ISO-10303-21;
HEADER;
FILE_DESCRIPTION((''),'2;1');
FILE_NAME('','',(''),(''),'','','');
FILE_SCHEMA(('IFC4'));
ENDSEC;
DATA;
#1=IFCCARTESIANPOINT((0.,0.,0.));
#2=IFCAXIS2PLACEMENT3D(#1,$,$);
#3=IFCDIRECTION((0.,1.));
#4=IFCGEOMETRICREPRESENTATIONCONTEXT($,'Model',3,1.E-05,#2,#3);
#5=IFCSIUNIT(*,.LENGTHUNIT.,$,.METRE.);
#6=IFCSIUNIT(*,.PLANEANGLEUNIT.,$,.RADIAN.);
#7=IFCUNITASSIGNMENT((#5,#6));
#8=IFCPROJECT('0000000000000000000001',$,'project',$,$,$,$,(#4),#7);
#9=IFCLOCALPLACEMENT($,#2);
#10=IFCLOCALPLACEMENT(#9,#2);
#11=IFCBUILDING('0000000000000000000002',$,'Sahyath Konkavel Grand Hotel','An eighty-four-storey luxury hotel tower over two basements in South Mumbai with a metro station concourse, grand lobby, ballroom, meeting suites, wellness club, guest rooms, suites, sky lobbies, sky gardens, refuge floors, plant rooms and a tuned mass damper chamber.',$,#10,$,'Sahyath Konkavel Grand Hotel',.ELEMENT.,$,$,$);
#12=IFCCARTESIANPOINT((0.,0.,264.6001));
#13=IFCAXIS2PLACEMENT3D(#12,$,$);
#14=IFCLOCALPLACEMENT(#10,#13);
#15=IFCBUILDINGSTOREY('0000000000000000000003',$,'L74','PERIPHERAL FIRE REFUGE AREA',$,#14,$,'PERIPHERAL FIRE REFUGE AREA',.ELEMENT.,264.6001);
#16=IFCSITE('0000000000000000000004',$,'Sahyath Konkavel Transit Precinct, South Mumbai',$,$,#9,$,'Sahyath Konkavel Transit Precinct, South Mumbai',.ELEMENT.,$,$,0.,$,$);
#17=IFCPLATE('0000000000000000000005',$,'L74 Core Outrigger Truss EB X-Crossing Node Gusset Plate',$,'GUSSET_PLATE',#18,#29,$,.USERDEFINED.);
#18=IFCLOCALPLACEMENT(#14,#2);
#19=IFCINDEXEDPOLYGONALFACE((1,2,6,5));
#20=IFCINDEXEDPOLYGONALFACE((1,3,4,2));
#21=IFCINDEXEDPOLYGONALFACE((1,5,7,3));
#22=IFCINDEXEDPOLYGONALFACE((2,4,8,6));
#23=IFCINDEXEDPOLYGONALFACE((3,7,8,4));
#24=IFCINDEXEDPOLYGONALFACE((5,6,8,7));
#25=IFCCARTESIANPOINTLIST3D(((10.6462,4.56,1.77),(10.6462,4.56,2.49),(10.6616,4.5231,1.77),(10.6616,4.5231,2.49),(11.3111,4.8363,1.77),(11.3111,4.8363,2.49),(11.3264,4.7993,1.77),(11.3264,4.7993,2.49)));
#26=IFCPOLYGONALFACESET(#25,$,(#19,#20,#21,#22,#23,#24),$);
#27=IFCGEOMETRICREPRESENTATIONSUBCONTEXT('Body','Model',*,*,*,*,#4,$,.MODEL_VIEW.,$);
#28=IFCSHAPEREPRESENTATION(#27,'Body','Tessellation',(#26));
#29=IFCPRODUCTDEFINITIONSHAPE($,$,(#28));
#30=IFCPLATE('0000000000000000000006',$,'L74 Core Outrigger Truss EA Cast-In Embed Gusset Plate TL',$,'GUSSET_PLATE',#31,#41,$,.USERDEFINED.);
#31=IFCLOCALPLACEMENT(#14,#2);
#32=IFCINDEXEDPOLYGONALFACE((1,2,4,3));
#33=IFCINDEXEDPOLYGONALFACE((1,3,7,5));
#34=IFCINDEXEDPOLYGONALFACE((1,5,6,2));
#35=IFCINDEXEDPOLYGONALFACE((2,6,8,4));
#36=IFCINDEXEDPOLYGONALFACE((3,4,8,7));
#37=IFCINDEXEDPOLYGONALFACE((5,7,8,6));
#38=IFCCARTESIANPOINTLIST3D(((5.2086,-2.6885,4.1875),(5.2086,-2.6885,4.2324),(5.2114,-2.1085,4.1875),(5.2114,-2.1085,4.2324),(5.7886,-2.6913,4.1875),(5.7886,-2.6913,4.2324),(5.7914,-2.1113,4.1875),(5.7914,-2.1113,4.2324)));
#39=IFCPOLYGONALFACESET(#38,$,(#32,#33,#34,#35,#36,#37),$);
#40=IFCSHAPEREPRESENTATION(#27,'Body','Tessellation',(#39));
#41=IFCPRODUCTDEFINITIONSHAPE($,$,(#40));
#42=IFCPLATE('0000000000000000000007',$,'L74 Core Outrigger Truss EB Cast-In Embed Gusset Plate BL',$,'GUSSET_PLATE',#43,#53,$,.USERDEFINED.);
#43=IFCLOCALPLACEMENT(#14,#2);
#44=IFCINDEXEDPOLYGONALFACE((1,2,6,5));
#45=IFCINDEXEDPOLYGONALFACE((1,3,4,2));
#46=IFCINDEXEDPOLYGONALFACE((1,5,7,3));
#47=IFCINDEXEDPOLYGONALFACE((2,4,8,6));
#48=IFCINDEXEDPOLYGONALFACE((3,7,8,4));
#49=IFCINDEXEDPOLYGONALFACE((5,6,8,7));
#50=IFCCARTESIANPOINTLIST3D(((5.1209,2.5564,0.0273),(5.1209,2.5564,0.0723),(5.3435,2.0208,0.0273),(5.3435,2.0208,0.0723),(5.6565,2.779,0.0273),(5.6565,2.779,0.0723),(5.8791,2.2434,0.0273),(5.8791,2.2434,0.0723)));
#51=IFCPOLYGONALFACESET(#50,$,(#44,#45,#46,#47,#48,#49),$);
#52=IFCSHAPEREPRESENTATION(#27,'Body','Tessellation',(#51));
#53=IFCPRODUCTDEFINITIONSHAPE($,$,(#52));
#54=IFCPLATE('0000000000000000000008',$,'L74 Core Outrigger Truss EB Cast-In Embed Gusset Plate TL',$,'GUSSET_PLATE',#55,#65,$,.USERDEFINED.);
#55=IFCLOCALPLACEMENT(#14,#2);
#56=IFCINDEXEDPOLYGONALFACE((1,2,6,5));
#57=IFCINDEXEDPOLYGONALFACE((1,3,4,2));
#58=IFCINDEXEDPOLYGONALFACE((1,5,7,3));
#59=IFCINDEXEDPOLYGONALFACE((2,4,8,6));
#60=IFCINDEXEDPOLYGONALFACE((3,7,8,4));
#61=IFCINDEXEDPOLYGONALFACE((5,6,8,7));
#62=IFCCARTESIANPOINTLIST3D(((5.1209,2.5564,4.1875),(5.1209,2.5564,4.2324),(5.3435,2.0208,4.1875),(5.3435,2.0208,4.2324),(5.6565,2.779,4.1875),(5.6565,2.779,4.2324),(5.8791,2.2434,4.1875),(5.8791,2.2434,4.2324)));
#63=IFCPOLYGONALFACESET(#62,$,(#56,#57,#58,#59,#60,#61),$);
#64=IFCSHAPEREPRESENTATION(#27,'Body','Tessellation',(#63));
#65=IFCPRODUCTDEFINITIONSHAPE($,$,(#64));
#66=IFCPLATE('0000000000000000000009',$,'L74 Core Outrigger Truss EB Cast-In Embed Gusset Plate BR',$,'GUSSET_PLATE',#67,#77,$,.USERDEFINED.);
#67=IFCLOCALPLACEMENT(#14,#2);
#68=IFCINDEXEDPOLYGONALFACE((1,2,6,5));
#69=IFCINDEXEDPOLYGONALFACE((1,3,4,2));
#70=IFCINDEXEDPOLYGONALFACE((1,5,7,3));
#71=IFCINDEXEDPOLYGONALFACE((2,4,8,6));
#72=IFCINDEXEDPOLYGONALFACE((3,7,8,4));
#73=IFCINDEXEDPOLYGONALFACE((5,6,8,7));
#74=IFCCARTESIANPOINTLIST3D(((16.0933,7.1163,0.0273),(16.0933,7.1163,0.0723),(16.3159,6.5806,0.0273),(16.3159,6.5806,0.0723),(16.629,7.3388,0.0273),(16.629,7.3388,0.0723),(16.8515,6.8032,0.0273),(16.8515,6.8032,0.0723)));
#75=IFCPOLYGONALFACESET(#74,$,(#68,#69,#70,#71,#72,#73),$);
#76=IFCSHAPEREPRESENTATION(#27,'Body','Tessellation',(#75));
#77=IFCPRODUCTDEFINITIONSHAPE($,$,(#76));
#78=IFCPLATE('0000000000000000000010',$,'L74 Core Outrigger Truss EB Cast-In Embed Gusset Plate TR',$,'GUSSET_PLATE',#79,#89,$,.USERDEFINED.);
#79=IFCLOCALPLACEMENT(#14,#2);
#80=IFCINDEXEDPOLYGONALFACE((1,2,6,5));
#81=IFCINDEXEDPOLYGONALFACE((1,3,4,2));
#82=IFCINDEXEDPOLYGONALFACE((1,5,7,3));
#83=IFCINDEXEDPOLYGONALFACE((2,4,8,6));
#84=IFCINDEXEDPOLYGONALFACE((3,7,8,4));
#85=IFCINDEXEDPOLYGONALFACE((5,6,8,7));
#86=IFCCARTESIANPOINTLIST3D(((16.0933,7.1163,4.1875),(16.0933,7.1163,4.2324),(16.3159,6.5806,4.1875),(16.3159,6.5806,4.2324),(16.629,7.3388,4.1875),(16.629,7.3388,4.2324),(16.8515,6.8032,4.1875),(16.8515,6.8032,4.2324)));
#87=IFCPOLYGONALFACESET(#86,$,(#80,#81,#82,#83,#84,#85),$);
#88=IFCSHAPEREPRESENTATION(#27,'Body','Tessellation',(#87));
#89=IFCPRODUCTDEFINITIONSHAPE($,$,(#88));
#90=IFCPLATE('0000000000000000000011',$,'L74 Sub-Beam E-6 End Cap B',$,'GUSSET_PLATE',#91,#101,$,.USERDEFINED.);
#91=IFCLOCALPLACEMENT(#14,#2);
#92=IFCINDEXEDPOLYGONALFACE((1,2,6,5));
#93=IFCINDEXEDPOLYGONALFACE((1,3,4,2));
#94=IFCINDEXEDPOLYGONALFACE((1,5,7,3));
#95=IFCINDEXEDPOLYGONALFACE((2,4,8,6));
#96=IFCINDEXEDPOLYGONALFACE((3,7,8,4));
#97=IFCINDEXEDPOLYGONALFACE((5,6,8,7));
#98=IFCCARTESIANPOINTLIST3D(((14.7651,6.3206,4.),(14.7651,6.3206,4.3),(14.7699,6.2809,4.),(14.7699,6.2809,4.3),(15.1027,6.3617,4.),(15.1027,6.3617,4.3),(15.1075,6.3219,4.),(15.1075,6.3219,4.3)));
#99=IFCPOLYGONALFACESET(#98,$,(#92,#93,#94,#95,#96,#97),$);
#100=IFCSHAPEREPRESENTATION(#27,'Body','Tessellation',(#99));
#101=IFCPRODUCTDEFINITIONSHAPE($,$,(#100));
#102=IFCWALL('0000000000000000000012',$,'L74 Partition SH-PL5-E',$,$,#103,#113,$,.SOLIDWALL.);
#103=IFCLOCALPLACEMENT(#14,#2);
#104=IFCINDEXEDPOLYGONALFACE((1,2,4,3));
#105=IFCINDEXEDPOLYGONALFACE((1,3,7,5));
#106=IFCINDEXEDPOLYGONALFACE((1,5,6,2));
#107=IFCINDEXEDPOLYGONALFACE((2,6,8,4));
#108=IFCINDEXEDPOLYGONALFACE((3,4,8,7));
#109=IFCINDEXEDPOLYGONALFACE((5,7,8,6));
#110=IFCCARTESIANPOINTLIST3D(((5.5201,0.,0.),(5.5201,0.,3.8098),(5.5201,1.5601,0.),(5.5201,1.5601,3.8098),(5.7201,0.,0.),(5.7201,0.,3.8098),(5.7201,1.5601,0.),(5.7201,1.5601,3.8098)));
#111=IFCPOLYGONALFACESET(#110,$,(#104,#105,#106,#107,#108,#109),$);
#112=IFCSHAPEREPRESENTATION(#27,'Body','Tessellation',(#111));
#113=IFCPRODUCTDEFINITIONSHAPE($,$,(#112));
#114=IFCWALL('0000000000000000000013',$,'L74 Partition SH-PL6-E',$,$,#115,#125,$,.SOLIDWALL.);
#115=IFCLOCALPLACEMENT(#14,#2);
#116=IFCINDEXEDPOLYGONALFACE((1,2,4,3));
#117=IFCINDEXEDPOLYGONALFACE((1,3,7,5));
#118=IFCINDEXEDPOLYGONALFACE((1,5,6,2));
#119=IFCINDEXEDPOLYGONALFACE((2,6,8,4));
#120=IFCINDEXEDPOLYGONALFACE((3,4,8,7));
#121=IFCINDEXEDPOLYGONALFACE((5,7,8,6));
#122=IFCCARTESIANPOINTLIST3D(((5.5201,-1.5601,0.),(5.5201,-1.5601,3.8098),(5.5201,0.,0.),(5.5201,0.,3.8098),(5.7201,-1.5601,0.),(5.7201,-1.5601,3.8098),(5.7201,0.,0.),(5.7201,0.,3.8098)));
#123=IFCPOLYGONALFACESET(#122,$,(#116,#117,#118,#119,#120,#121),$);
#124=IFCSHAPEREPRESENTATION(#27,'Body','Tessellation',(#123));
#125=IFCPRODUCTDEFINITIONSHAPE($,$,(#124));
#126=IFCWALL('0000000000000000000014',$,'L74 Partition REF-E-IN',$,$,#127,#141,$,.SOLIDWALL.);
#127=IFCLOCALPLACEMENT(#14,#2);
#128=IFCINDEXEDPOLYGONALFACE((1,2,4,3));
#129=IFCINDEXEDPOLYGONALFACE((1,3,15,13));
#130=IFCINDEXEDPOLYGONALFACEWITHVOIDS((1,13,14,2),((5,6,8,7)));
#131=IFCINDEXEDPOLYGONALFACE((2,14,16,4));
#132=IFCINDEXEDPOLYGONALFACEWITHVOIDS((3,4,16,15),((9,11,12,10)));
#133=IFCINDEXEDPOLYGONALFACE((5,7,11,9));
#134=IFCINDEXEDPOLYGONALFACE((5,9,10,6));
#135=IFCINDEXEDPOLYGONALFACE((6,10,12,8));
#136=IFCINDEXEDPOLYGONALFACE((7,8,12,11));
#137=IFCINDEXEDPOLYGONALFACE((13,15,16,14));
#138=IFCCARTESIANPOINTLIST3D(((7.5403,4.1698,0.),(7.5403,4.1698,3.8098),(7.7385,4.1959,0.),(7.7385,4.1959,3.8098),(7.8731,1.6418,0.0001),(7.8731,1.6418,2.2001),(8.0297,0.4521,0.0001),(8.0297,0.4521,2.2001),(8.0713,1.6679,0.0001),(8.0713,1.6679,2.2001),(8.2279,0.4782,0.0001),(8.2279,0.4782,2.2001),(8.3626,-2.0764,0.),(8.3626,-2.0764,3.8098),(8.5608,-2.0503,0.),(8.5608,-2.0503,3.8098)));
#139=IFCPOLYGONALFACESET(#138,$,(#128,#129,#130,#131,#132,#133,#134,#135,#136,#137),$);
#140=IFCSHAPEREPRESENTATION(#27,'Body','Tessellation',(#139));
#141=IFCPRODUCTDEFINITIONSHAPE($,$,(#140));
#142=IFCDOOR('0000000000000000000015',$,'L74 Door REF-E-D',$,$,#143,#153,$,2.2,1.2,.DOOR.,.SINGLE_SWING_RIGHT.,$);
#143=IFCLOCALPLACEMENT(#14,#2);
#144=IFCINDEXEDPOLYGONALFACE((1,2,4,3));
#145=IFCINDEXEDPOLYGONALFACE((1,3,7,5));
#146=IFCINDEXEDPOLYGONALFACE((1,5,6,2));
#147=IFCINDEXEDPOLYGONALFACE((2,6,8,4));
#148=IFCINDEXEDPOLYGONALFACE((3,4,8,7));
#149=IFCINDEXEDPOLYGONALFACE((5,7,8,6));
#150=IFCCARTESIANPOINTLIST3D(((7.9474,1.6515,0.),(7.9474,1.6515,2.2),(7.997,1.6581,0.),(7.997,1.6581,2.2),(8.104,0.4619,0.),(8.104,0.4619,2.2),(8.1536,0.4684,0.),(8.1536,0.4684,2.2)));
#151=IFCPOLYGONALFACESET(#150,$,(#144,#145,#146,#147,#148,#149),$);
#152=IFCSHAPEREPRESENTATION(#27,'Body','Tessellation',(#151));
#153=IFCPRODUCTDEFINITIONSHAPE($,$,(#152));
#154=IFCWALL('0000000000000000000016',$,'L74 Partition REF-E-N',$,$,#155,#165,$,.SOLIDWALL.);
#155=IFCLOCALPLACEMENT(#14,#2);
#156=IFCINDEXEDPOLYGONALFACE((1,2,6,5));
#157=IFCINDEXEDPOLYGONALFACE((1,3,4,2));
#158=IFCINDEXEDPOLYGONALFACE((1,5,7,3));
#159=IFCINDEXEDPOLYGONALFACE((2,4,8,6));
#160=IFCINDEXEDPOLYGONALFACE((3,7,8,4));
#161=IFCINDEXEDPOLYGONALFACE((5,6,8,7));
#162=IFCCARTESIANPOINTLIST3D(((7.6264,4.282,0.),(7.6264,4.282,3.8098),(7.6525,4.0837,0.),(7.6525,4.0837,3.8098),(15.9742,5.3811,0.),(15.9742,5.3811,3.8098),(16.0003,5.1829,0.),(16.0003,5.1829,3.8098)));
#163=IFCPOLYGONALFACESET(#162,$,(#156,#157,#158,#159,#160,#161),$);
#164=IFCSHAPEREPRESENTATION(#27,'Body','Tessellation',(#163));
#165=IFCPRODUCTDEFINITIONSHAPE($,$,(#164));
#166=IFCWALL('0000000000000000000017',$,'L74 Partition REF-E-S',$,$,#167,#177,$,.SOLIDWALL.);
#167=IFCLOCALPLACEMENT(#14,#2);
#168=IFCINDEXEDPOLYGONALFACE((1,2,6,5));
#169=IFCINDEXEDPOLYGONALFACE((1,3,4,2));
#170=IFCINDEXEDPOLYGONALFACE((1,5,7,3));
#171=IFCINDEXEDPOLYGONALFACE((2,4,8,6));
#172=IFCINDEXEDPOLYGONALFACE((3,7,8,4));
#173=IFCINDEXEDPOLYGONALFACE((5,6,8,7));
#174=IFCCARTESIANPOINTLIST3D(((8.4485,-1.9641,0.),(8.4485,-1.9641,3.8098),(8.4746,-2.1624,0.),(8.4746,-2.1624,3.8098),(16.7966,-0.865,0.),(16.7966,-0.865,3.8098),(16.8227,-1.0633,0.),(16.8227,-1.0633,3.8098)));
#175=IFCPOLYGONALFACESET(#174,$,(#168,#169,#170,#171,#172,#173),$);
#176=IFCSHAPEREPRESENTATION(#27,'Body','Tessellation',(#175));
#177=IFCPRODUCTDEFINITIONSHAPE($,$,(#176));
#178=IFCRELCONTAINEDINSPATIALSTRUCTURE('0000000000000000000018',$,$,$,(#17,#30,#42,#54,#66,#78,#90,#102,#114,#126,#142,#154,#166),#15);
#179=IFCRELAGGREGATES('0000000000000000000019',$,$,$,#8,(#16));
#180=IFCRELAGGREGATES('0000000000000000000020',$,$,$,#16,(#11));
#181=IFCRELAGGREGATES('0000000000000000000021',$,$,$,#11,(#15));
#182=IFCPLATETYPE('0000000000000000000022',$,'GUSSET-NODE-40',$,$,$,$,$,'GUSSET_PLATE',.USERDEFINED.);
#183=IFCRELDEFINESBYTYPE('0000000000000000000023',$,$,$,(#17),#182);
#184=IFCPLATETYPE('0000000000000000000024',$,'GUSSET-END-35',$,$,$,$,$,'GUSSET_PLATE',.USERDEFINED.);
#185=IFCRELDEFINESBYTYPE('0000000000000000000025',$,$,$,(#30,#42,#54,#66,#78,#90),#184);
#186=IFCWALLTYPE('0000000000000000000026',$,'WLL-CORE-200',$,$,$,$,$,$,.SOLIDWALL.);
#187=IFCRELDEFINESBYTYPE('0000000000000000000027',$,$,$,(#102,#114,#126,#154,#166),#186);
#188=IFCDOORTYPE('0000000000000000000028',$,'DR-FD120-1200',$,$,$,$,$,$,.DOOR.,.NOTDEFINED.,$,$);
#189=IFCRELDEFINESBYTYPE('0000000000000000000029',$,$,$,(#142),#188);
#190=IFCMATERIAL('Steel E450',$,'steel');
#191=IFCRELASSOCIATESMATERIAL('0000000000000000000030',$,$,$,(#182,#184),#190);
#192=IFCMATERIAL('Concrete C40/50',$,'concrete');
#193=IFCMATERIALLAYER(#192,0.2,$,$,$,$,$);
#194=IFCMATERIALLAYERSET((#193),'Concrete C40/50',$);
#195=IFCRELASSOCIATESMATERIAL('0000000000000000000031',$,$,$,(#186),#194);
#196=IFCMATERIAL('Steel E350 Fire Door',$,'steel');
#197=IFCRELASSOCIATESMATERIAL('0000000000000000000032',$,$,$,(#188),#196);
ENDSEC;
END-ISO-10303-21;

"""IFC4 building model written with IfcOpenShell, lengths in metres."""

from ifc_helpers import new_model, si_unit, direction, frame, frame_2d, origin, origin_2d, place, context, subcontext, project, spatial, rectangle, extrude, source, transform, mapped, material, layer, layer_set, type_object, element, fill, save


model = new_model("IFC4")

# Units and contexts
model_context = context("Model", 3, precision=1e-05, world=origin(), true_north=direction((0.0, 1.0)))
body_context = subcontext(model_context, "Body", "Model", "MODEL_VIEW")
ifc_project = project(units=[si_unit("LENGTHUNIT", "METRE"), si_unit("PLANEANGLEUNIT", "RADIAN")], contexts=[model_context])

# Site, building, storey
site_placement = place(None, origin())
site = spatial("IfcSite", under=ifc_project, at=site_placement, Name="Sahyath Konkavel Transit Precinct, South Mumbai", LongName="Sahyath Konkavel Transit Precinct, South Mumbai", CompositionType="ELEMENT", RefElevation=0.0)
building_placement = place(site_placement, origin())
building = spatial("IfcBuilding", under=site, at=building_placement, Name="Sahyath Konkavel Grand Hotel", Description="An eighty-four-storey luxury hotel tower over two basements in South Mumbai with a metro station concourse, grand lobby, ballroom, meeting suites, wellness club, guest rooms, suites, sky lobbies, sky gardens, refuge floors, plant rooms and a tuned mass damper chamber.", LongName="Sahyath Konkavel Grand Hotel", CompositionType="ELEMENT")
storey_placement = place(building_placement, frame((0.0, 0.0, 264.6001)))
storey = spatial("IfcBuildingStorey", under=building, at=storey_placement, Name="L74", Description="PERIPHERAL FIRE REFUGE AREA", LongName="PERIPHERAL FIRE REFUGE AREA", CompositionType="ELEMENT", Elevation=264.6001)

# Shared definitions
ifc_material_1 = material(Name="Concrete C40/50", Category="concrete")

# Shared definitions
ifc_material_2 = material(Name="Steel E450", Category="steel")

# Plates
plate_type_1 = type_object("IfcPlateType", Name="GUSSET-NODE-40", ElementType="GUSSET_PLATE", PredefinedType="USERDEFINED", material=ifc_material_2)
shared_shape_1 = source(origin(), body_context, "Body", "SweptSolid", [
    extrude(rectangle(XDim=0.72, YDim=0.04, at=origin_2d()), origin(), (0.0, 0.0, 1.0), 0.72),
])
plate_1_placement = place(storey_placement, frame((10.9863, 4.6797, 1.77), z_axis=(0.0, 0.0, 1.0), x_axis=(0.923445, 0.383731, 0.0)))
element("IfcPlate", 1, at=plate_1_placement, inside=storey, type_object=plate_type_1, Name="L74 Core Outrigger Truss EB X-Crossing Node Gusset Plate", ObjectType="GUSSET_PLATE", PredefinedType="USERDEFINED", context=body_context, shape_type="MappedRepresentation", body=[
    mapped(shared_shape_1, transform((0.0, 0.0, 0.0), scale=1.0)),
])
plate_type_2 = type_object("IfcPlateType", Name="GUSSET-END-35", ElementType="GUSSET_PLATE", PredefinedType="USERDEFINED", material=ifc_material_2)
shared_shape_2 = source(origin(), body_context, "Body", "SweptSolid", [
    extrude(rectangle(XDim=0.5801, YDim=0.5801, at=origin_2d()), origin(), (0.0, 0.0, 1.0), 0.0449),
])
for number, where, z_axis, x_axis, name in (
    (2, (5.5, -2.3999, 4.1875), (0.0, 0.0, 1.0), (0.999988, -0.004835, 0.0), "L74 Core Outrigger Truss EA Cast-In Embed Gusset Plate TL"),
    (3, (5.5, 2.3999, 0.0273), (0.0, 0.0, 1.0), (0.923445, 0.383731, 0.0), "L74 Core Outrigger Truss EB Cast-In Embed Gusset Plate BL"),
    (4, (5.5, 2.3999, 4.1875), (0.0, 0.0, 1.0), (0.923445, 0.383731, 0.0), "L74 Core Outrigger Truss EB Cast-In Embed Gusset Plate TL"),
    (5, (16.4724, 6.9597, 0.0273), (0.0, 0.0, 1.0), (0.923445, 0.383731, 0.0), "L74 Core Outrigger Truss EB Cast-In Embed Gusset Plate BR"),
    (6, (16.4724, 6.9597, 4.1875), (0.0, 0.0, 1.0), (0.923445, 0.383731, 0.0), "L74 Core Outrigger Truss EB Cast-In Embed Gusset Plate TR"),
):
    element("IfcPlate", number, at=place(storey_placement, frame(where, z_axis=z_axis, x_axis=x_axis)), inside=storey, type_object=plate_type_2, Name=name, ObjectType="GUSSET_PLATE", PredefinedType="USERDEFINED", context=body_context, shape_type="MappedRepresentation", body=[
        mapped(shared_shape_2, transform((0.0, 0.0, 0.0), scale=1.0)),
    ])
shared_shape_3 = source(origin(), body_context, "Body", "SweptSolid", [
    extrude(rectangle(XDim=0.04, YDim=0.3401, at=origin_2d()), origin(), (0.0, 0.0, 1.0), 0.3),
])
plate_2_placement = place(storey_placement, frame((14.9363, 6.3213, 4.0), z_axis=(0.0, 0.0, 1.0), x_axis=(-0.120674, 0.992692, 0.0)))
element("IfcPlate", 7, at=plate_2_placement, inside=storey, type_object=plate_type_2, Name="L74 Sub-Beam E-6 End Cap B", ObjectType="GUSSET_PLATE", PredefinedType="USERDEFINED", context=body_context, shape_type="MappedRepresentation", body=[
    mapped(shared_shape_3, transform((0.0, 0.0, 0.0), scale=1.0)),
])

# Walls
ifc_layer = layer(ifc_material_1, 0.2)
ifc_layer_set = layer_set([ifc_layer], Name="Concrete C40/50")
wall_type = type_object("IfcWallType", Name="WLL-CORE-200", PredefinedType="SOLIDWALL", material=ifc_layer_set)
for number, where, z_axis, x_axis, name in (
    (8, (5.6201, 0.0, 0.0), (0.0, 0.0, 1.0), (0.0, 1.0, 0.0), "L74 Partition SH-PL5-E"),
    (9, (5.6201, -1.5601, 0.0), (0.0, 0.0, 1.0), (0.0, 1.0, 0.0), "L74 Partition SH-PL6-E"),
):
    element("IfcWall", number, at=place(storey_placement, frame(where, z_axis=z_axis, x_axis=x_axis)), inside=storey, type_object=wall_type, Name=name, PredefinedType="SOLIDWALL", context=body_context, shape_type="SweptSolid", body=[
        extrude(rectangle(XDim=1.5601, YDim=0.2, at=frame_2d((0.78, 0.0))), origin(), (0.0, 0.0, 1.0), 3.8098),
    ])

# Wall, opening, door
wall_1_placement = place(storey_placement, frame((8.4617, -2.0632, 0.0), z_axis=(0.0, 0.0, 1.0), x_axis=(-0.130519, 0.991446, 0.0)))
wall_1 = element("IfcWall", 10, at=wall_1_placement, inside=storey, type_object=wall_type, Name="L74 Partition REF-E-IN", PredefinedType="SOLIDWALL", context=body_context, shape_type="SweptSolid", body=[
    extrude(rectangle(XDim=6.3, YDim=0.2, at=frame_2d((3.1499, 0.0))), origin(), (0.0, 0.0, 1.0), 3.8098),
])
opening_placement = place(wall_1_placement, frame((2.55, 0.0, 0.0)))
opening = element("IfcOpeningElement", 11, at=opening_placement, cuts=wall_1, PredefinedType="OPENING", context=body_context, shape_type="SweptSolid", body=[
    extrude(rectangle(XDim=1.2, YDim=2.2, at=frame_2d((0.6001, 1.1001))), frame((0.0, 0.1099, 0.0), z_axis=(0.0, -1.0, 0.0), x_axis=(1.0, 0.0, 0.0)), (0.0, 0.0, 1.0), 0.22),
])
ifc_material_3 = material(Name="Steel E350 Fire Door", Category="steel")
door_type = type_object("IfcDoorType", Name="DR-FD120-1200", OperationType="NOTDEFINED", PredefinedType="DOOR", material=ifc_material_3)
shared_shape_4 = source(origin(), body_context, "Body", "SweptSolid", [
    extrude(rectangle(XDim=1.2, YDim=0.05, at=origin_2d()), origin(), (0.0, 0.0, 1.0), 2.2),
])
door_placement = place(opening_placement, frame((0.6001, 0.0, 0.0)))
door = element("IfcDoor", 12, at=door_placement, inside=storey, type_object=door_type, Name="L74 Door REF-E-D", OperationType="SINGLE_SWING_RIGHT", OverallHeight=2.2, OverallWidth=1.2, PredefinedType="DOOR", context=body_context, shape_type="MappedRepresentation", body=[
    mapped(shared_shape_4, transform((0.0, 0.0, 0.0), scale=1.0)),
])
fill(opening, door)

# Walls
wall_2_placement = place(storey_placement, frame((7.6394, 4.1829, 0.0), z_axis=(0.0, 0.0, 1.0), x_axis=(0.991443, 0.130538, 0.0)))
element("IfcWall", 13, at=wall_2_placement, inside=storey, type_object=wall_type, Name="L74 Partition REF-E-N", PredefinedType="SOLIDWALL", context=body_context, shape_type="SweptSolid", body=[
    extrude(rectangle(XDim=8.4199, YDim=0.2, at=frame_2d((4.21, 0.0))), origin(), (0.0, 0.0, 1.0), 3.8098),
])
wall_3_placement = place(storey_placement, frame((8.4617, -2.0632, 0.0), z_axis=(0.0, 0.0, 1.0), x_axis=(0.991444, 0.130534, 0.0)))
element("IfcWall", 14, at=wall_3_placement, inside=storey, type_object=wall_type, Name="L74 Partition REF-E-S", PredefinedType="SOLIDWALL", context=body_context, shape_type="SweptSolid", body=[
    extrude(rectangle(XDim=8.4202, YDim=0.2, at=frame_2d((4.21, 0.0))), origin(), (0.0, 0.0, 1.0), 3.8098),
])

save(model, "model.ifc")
